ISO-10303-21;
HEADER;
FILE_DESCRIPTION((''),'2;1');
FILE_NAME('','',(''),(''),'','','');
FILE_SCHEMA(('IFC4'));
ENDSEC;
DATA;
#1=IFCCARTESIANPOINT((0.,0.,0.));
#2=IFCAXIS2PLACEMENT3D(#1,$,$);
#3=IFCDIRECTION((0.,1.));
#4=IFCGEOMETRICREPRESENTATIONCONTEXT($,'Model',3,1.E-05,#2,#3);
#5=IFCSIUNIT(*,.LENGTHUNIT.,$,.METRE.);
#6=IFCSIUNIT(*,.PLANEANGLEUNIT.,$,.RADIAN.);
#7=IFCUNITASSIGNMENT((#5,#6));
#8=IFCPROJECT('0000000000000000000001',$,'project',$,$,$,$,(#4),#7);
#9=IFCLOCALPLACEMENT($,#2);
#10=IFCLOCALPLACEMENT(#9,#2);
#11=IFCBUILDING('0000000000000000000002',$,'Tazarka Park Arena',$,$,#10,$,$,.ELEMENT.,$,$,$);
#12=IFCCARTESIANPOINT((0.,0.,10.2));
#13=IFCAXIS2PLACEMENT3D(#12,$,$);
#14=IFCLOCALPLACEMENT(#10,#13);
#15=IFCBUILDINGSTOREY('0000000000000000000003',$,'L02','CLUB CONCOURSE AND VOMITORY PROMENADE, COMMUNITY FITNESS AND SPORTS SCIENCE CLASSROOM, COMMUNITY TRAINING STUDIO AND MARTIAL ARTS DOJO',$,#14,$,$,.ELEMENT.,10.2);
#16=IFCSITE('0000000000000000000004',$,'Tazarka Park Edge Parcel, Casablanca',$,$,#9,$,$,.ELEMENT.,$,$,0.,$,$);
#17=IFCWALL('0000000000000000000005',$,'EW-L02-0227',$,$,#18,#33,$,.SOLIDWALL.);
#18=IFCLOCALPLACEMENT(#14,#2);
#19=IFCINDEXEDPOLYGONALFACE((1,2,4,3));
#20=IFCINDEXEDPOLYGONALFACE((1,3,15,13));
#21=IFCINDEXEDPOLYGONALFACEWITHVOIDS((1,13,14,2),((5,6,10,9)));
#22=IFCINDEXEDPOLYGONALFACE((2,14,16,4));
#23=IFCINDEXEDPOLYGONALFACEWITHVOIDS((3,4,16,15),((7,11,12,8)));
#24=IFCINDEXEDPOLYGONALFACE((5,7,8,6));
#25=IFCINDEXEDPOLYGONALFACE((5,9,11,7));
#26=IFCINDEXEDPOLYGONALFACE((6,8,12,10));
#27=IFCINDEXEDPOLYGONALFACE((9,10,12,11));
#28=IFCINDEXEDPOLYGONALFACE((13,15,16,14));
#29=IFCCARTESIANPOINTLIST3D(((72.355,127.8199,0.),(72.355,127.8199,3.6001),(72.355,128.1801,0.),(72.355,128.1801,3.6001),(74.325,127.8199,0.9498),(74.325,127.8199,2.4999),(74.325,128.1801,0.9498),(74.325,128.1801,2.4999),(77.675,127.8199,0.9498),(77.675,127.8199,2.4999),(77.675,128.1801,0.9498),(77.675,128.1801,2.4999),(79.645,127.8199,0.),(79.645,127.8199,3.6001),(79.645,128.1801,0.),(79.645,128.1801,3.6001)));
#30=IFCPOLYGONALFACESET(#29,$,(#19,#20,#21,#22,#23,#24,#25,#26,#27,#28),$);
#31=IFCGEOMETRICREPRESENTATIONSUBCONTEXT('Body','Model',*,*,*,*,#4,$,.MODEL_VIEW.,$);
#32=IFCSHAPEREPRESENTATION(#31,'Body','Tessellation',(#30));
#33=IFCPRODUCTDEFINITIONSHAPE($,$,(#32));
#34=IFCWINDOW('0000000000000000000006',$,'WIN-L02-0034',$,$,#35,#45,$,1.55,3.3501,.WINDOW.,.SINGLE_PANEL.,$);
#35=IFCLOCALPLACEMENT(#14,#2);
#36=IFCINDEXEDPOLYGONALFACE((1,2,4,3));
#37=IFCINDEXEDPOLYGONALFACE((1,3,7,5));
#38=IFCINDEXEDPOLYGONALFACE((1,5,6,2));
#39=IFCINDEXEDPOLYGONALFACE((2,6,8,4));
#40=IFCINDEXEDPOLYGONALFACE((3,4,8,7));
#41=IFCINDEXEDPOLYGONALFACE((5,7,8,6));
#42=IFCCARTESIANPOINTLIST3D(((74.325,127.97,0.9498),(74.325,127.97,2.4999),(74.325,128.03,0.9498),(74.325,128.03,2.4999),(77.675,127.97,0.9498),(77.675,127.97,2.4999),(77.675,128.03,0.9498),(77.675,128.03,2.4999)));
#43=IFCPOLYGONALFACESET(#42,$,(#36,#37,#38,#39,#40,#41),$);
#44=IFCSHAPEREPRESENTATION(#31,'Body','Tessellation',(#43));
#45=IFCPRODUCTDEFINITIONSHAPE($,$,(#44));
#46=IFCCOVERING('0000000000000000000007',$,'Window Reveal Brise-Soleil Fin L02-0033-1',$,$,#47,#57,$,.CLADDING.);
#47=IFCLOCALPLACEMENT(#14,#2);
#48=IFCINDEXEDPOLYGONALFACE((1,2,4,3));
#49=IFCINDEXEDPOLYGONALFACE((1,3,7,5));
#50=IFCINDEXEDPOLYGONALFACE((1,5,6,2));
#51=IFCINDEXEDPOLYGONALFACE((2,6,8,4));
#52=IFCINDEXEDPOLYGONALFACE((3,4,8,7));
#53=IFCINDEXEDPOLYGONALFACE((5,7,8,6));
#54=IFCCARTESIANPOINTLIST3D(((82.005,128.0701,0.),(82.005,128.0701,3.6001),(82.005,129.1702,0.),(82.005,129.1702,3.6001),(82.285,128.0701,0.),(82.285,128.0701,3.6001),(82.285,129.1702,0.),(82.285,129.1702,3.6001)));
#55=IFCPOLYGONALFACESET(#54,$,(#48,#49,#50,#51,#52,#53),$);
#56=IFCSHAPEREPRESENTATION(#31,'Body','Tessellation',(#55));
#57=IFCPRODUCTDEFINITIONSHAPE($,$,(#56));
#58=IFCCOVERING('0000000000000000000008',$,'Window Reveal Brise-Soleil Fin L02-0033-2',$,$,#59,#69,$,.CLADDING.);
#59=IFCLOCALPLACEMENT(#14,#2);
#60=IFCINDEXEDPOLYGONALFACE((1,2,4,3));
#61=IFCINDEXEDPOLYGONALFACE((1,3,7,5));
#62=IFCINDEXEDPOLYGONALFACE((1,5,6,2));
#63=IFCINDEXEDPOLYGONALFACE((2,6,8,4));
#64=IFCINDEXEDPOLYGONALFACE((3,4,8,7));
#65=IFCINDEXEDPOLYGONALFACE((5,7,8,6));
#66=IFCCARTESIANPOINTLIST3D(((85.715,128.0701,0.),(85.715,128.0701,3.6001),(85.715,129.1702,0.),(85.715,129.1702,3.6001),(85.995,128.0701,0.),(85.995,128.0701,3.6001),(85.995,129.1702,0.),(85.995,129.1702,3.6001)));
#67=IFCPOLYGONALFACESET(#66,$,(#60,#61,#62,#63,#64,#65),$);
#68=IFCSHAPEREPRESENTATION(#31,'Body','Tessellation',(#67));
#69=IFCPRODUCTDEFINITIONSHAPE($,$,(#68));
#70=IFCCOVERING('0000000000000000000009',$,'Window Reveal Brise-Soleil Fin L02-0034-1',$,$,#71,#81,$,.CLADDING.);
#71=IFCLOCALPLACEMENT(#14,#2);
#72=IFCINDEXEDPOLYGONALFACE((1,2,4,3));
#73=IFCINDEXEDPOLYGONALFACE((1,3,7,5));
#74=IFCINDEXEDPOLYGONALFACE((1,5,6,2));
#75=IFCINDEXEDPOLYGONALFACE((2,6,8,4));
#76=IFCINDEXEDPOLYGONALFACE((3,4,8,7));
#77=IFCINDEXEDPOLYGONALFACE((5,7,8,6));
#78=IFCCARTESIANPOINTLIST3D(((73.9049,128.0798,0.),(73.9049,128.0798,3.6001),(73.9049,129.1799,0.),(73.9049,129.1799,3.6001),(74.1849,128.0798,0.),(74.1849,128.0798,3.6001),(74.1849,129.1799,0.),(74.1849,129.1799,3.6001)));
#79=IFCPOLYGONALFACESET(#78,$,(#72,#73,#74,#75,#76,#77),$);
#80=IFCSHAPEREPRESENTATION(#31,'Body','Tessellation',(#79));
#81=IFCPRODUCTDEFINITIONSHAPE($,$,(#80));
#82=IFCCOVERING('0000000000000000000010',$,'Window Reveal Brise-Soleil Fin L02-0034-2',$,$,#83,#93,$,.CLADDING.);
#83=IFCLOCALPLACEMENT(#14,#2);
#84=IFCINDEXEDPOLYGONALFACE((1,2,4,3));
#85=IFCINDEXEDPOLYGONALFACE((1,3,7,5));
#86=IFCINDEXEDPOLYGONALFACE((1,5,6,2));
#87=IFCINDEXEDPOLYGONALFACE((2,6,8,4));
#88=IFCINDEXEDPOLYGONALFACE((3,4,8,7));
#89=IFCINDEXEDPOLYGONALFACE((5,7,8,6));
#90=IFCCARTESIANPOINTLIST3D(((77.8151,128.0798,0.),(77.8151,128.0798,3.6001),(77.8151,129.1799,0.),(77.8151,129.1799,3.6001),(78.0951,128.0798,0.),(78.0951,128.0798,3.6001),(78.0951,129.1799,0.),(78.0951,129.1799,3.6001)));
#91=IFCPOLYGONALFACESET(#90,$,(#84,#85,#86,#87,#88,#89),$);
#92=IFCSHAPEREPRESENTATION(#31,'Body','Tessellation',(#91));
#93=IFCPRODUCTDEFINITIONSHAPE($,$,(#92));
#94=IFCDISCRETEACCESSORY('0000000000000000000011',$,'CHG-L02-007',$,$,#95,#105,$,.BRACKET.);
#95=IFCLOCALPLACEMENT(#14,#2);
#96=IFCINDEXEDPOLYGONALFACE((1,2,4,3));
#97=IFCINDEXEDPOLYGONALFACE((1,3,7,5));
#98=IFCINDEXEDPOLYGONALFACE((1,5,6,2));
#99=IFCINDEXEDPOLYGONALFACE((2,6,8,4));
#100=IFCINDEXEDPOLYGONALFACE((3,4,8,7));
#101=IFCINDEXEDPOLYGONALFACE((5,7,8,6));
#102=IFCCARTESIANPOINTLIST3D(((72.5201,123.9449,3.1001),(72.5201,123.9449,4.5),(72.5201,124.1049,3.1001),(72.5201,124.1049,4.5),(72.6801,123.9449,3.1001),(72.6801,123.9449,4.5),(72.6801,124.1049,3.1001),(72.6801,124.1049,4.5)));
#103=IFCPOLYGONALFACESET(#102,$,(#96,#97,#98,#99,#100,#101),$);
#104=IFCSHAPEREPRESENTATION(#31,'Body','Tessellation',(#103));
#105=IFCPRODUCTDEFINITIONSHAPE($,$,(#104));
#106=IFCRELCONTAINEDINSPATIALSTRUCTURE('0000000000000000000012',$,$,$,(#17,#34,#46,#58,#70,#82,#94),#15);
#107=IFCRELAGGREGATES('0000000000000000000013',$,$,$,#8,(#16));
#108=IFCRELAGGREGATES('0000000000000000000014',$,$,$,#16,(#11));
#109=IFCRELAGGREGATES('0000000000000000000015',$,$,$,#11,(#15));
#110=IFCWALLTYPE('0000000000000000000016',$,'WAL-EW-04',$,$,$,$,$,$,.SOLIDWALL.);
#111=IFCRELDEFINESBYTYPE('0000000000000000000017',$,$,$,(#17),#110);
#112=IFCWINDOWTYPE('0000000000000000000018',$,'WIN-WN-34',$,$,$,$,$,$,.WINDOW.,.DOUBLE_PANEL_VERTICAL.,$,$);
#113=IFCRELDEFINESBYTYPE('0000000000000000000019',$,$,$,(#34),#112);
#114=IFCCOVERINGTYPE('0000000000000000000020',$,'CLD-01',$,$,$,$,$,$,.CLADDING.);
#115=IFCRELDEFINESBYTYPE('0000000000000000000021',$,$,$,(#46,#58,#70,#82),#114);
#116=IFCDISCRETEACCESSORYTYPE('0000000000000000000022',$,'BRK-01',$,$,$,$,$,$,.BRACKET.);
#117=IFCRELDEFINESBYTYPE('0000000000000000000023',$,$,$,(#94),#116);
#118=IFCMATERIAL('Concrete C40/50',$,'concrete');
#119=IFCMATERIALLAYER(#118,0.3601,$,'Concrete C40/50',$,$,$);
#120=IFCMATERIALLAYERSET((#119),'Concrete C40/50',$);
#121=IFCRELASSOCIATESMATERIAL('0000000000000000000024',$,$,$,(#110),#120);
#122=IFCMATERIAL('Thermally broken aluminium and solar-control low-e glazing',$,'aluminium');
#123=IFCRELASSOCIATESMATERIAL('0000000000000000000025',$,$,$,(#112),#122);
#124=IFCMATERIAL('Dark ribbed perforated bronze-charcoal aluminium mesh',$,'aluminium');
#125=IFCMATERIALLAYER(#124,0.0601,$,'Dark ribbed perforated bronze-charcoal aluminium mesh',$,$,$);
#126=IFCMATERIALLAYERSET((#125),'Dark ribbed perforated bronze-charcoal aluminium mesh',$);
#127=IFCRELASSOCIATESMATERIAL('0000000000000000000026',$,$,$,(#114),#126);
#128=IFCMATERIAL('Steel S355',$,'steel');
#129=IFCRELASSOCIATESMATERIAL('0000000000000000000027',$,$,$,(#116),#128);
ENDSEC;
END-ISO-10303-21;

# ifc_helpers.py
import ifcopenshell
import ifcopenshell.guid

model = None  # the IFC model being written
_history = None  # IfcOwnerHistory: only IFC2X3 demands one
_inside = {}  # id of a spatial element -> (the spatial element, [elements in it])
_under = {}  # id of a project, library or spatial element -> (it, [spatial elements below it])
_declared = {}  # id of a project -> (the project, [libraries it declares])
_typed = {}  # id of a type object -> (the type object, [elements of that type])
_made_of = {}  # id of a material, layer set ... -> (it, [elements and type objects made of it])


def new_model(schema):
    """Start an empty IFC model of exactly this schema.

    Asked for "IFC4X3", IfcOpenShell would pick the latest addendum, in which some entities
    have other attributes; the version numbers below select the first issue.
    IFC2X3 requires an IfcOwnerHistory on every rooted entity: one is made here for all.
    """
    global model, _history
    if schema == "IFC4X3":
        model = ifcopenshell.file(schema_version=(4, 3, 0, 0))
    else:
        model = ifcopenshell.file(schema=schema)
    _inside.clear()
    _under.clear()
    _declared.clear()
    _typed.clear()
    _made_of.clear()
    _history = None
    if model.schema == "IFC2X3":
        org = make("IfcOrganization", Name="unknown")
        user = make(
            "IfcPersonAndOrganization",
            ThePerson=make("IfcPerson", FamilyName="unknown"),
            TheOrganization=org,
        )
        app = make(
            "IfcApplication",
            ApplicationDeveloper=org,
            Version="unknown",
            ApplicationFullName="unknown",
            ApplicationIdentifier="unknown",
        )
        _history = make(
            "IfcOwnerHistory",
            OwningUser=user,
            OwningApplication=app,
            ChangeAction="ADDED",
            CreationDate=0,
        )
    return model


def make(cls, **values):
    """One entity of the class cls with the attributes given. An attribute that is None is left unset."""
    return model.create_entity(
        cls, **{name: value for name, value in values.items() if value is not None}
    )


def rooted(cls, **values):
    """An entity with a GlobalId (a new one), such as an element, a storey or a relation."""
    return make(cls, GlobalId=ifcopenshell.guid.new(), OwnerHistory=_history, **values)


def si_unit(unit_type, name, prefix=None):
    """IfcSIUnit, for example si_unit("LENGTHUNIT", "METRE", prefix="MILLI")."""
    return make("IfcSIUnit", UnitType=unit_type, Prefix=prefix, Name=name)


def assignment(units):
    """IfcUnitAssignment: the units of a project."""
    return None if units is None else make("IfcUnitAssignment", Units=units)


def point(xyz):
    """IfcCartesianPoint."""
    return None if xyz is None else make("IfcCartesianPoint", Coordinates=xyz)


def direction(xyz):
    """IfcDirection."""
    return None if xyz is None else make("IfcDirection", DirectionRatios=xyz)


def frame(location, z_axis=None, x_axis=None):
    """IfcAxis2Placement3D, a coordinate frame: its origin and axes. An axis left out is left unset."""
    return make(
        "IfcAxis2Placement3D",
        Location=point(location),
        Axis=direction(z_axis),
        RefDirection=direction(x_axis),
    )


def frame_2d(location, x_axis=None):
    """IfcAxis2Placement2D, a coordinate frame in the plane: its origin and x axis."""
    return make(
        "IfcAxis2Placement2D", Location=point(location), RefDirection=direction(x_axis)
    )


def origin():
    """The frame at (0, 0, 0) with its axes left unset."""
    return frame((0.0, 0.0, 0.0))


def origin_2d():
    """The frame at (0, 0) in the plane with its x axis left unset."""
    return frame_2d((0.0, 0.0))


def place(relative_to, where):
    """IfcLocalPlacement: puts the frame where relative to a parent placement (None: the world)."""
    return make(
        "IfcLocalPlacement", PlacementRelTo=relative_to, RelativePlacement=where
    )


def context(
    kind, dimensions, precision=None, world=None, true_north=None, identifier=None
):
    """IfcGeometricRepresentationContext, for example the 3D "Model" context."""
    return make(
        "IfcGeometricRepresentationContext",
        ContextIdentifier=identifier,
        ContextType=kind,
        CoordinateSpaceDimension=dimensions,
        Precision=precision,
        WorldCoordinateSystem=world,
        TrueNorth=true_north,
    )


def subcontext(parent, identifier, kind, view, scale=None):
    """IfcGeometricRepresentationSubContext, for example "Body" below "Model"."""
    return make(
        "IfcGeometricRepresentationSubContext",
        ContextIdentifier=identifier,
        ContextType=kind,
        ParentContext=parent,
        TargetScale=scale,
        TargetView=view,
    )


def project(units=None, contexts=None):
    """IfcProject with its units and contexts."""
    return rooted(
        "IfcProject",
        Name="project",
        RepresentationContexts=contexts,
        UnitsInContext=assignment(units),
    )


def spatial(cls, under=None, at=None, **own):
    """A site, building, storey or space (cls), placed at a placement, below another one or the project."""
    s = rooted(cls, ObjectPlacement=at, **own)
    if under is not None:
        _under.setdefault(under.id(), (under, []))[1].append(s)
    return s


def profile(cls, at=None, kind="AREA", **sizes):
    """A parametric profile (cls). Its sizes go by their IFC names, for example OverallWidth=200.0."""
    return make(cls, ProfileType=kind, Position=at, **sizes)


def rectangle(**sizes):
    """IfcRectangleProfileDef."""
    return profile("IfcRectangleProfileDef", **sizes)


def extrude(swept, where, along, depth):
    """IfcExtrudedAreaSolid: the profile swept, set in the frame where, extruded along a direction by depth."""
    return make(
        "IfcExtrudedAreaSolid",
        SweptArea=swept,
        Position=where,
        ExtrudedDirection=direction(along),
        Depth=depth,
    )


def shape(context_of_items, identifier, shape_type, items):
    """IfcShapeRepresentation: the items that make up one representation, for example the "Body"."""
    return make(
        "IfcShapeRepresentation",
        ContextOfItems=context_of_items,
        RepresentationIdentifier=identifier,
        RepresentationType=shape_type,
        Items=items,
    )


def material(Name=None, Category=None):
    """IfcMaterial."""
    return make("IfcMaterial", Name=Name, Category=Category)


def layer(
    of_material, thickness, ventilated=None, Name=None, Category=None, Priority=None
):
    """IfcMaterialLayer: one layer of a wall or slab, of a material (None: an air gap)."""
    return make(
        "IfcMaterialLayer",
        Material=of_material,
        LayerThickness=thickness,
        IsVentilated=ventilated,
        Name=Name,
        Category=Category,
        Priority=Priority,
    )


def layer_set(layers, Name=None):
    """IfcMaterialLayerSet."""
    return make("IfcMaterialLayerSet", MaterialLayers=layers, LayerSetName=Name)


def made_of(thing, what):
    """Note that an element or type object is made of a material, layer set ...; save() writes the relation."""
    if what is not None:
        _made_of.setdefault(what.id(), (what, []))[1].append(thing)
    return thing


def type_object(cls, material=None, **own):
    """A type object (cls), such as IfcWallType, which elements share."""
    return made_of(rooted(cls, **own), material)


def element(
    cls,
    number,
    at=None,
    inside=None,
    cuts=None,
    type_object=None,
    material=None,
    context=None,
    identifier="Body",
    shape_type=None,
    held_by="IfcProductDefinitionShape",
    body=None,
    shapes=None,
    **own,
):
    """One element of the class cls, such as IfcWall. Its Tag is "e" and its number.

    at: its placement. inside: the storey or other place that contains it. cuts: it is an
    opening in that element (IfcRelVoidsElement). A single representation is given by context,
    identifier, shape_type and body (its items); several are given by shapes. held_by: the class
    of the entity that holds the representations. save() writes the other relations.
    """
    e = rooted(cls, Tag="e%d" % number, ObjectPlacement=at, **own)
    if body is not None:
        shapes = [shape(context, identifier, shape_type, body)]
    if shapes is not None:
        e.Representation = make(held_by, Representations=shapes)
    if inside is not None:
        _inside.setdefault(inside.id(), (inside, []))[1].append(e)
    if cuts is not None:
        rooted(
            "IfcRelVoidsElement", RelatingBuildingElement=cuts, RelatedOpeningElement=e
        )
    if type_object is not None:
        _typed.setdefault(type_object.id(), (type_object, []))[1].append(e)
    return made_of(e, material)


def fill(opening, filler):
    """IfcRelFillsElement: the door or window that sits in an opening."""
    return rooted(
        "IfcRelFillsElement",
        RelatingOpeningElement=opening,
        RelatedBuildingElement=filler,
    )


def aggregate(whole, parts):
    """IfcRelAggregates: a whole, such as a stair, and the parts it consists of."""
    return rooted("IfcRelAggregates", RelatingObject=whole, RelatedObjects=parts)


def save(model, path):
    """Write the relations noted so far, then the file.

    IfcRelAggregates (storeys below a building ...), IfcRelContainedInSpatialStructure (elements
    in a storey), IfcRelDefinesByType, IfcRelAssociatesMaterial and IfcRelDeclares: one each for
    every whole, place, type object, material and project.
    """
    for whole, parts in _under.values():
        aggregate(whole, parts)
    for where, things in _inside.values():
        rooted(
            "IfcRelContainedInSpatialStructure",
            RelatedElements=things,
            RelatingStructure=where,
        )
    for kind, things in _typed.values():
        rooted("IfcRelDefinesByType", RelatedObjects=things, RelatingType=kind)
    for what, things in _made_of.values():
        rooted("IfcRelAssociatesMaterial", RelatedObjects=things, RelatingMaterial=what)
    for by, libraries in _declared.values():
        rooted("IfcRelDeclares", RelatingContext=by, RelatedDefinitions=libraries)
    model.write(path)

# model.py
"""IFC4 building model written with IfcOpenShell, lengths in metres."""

from ifc_helpers import new_model, si_unit, direction, frame, frame_2d, origin, origin_2d, place, context, subcontext, project, spatial, rectangle, extrude, material, layer, layer_set, type_object, element, fill, save


model = new_model("IFC4")

# Units and contexts
model_context = context("Model", 3, precision=1e-05, world=origin(), true_north=direction((0.0, 1.0)))
body_context = subcontext(model_context, "Body", "Model", "MODEL_VIEW")
ifc_project = project(units=[si_unit("LENGTHUNIT", "METRE"), si_unit("PLANEANGLEUNIT", "RADIAN")], contexts=[model_context])

# Site, building, storey
site_placement = place(None, origin())
site = spatial("IfcSite", under=ifc_project, at=site_placement, Name="Tazarka Park Edge Parcel, Casablanca", CompositionType="ELEMENT", RefElevation=0.0)
building_placement = place(site_placement, origin())
building = spatial("IfcBuilding", under=site, at=building_placement, Name="Tazarka Park Arena", CompositionType="ELEMENT")
storey_placement = place(building_placement, frame((0.0, 0.0, 10.2)))
storey = spatial("IfcBuildingStorey", under=building, at=storey_placement, Name="L02", Description="CLUB CONCOURSE AND VOMITORY PROMENADE, COMMUNITY FITNESS AND SPORTS SCIENCE CLASSROOM, COMMUNITY TRAINING STUDIO AND MARTIAL ARTS DOJO", CompositionType="ELEMENT", Elevation=10.2)

# Wall, opening, window
ifc_material_1 = material(Name="Concrete C40/50", Category="concrete")
ifc_layer_1 = layer(ifc_material_1, 0.3601, Name="Concrete C40/50")
ifc_layer_set_1 = layer_set([ifc_layer_1], Name="Concrete C40/50")
wall_type_1 = type_object("IfcWallType", Name="WAL-EW-04", PredefinedType="SOLIDWALL", material=ifc_layer_set_1)
wall_1_placement = place(storey_placement, frame((72.355, 128.0, 0.0), z_axis=(0.0, 0.0, 1.0), x_axis=(1.0, 0.0, 0.0)))
wall_1 = element("IfcWall", 1, at=wall_1_placement, inside=storey, type_object=wall_type_1, Name="EW-L02-0227", PredefinedType="SOLIDWALL", context=body_context, shape_type="SweptSolid", body=[
    extrude(rectangle(XDim=7.29, YDim=0.3601, at=frame_2d((3.645, 0.0))), origin(), (0.0, 0.0, 1.0), 3.6001),
])
opening_1_placement = place(wall_1_placement, frame((1.97, 0.0, 0.95)))
opening_1 = element("IfcOpeningElement", 2, at=opening_1_placement, cuts=wall_1, PredefinedType="OPENING", context=body_context, shape_type="SweptSolid", body=[
    extrude(rectangle(XDim=3.3501, YDim=1.55, at=frame_2d((1.675, 0.7749))), frame((0.0, 0.1899, 0.0), z_axis=(0.0, -1.0, 0.0), x_axis=(1.0, 0.0, 0.0)), (0.0, 0.0, 1.0), 0.3801),
])
ifc_material_2 = material(Name="Thermally broken aluminium and solar-control low-e glazing", Category="aluminium")
window_type_1 = type_object("IfcWindowType", Name="WIN-WN-34", PartitioningType="DOUBLE_PANEL_VERTICAL", PredefinedType="WINDOW", material=ifc_material_2)
window_1_placement = place(opening_1_placement, origin())
window_1 = element("IfcWindow", 3, at=window_1_placement, inside=storey, type_object=window_type_1, Name="WIN-L02-0034", OverallHeight=1.55, OverallWidth=3.3501, PartitioningType="SINGLE_PANEL", PredefinedType="WINDOW", context=body_context, shape_type="SweptSolid", body=[
    extrude(rectangle(XDim=3.3501, YDim=1.55, at=frame_2d((1.675, 0.7749))), frame((0.0, 0.03, 0.0), z_axis=(0.0, -1.0, 0.0), x_axis=(1.0, 0.0, 0.0)), (0.0, 0.0, 1.0), 0.0601),
])
fill(opening_1, window_1)

# Coverings
ifc_material_3 = material(Name="Dark ribbed perforated bronze-charcoal aluminium mesh", Category="aluminium")
ifc_layer_2 = layer(ifc_material_3, 0.0601, Name="Dark ribbed perforated bronze-charcoal aluminium mesh")
ifc_layer_set_2 = layer_set([ifc_layer_2], Name="Dark ribbed perforated bronze-charcoal aluminium mesh")
covering_type = type_object("IfcCoveringType", Name="CLD-01", PredefinedType="CLADDING", material=ifc_layer_set_2)
for number, where, z_axis, x_axis, name in (
    (4, (82.145, 128.6201, 0.0), (0.0, 0.0, 1.0), (1.0, 0.0, 0.0), "Window Reveal Brise-Soleil Fin L02-0033-1"),
    (5, (85.855, 128.6201, 0.0), (0.0, 0.0, 1.0), (1.0, 0.0, 0.0), "Window Reveal Brise-Soleil Fin L02-0033-2"),
    (6, (74.0449, 128.6299, 0.0), (0.0, 0.0, 1.0), (1.0, 0.0, 0.0), "Window Reveal Brise-Soleil Fin L02-0034-1"),
    (7, (77.9551, 128.6299, 0.0), (0.0, 0.0, 1.0), (1.0, 0.0, 0.0), "Window Reveal Brise-Soleil Fin L02-0034-2"),
):
    element("IfcCovering", number, at=place(storey_placement, frame(where, z_axis=z_axis, x_axis=x_axis)), inside=storey, type_object=covering_type, Name=name, PredefinedType="CLADDING", context=body_context, shape_type="SweptSolid", body=[
        extrude(rectangle(XDim=0.28, YDim=1.1001, at=origin_2d()), origin(), (0.0, 0.0, 1.0), 3.6001),
    ])

# Discrete accessory
ifc_material_4 = material(Name="Steel S355", Category="steel")
discrete_accessory_type = type_object("IfcDiscreteAccessoryType", Name="BRK-01", PredefinedType="BRACKET", material=ifc_material_4)
discrete_accessory_placement = place(storey_placement, frame((72.6001, 124.0249, 3.1001), z_axis=(0.0, 0.0, 1.0), x_axis=(1.0, 0.0, 0.0)))
element("IfcDiscreteAccessory", 8, at=discrete_accessory_placement, inside=storey, type_object=discrete_accessory_type, Name="CHG-L02-007", PredefinedType="BRACKET", context=body_context, shape_type="SweptSolid", body=[
    extrude(rectangle(XDim=0.1599, YDim=0.1599, at=origin_2d()), origin(), (0.0, 0.0, 1.0), 1.3999),
])

save(model, "model.ifc")
